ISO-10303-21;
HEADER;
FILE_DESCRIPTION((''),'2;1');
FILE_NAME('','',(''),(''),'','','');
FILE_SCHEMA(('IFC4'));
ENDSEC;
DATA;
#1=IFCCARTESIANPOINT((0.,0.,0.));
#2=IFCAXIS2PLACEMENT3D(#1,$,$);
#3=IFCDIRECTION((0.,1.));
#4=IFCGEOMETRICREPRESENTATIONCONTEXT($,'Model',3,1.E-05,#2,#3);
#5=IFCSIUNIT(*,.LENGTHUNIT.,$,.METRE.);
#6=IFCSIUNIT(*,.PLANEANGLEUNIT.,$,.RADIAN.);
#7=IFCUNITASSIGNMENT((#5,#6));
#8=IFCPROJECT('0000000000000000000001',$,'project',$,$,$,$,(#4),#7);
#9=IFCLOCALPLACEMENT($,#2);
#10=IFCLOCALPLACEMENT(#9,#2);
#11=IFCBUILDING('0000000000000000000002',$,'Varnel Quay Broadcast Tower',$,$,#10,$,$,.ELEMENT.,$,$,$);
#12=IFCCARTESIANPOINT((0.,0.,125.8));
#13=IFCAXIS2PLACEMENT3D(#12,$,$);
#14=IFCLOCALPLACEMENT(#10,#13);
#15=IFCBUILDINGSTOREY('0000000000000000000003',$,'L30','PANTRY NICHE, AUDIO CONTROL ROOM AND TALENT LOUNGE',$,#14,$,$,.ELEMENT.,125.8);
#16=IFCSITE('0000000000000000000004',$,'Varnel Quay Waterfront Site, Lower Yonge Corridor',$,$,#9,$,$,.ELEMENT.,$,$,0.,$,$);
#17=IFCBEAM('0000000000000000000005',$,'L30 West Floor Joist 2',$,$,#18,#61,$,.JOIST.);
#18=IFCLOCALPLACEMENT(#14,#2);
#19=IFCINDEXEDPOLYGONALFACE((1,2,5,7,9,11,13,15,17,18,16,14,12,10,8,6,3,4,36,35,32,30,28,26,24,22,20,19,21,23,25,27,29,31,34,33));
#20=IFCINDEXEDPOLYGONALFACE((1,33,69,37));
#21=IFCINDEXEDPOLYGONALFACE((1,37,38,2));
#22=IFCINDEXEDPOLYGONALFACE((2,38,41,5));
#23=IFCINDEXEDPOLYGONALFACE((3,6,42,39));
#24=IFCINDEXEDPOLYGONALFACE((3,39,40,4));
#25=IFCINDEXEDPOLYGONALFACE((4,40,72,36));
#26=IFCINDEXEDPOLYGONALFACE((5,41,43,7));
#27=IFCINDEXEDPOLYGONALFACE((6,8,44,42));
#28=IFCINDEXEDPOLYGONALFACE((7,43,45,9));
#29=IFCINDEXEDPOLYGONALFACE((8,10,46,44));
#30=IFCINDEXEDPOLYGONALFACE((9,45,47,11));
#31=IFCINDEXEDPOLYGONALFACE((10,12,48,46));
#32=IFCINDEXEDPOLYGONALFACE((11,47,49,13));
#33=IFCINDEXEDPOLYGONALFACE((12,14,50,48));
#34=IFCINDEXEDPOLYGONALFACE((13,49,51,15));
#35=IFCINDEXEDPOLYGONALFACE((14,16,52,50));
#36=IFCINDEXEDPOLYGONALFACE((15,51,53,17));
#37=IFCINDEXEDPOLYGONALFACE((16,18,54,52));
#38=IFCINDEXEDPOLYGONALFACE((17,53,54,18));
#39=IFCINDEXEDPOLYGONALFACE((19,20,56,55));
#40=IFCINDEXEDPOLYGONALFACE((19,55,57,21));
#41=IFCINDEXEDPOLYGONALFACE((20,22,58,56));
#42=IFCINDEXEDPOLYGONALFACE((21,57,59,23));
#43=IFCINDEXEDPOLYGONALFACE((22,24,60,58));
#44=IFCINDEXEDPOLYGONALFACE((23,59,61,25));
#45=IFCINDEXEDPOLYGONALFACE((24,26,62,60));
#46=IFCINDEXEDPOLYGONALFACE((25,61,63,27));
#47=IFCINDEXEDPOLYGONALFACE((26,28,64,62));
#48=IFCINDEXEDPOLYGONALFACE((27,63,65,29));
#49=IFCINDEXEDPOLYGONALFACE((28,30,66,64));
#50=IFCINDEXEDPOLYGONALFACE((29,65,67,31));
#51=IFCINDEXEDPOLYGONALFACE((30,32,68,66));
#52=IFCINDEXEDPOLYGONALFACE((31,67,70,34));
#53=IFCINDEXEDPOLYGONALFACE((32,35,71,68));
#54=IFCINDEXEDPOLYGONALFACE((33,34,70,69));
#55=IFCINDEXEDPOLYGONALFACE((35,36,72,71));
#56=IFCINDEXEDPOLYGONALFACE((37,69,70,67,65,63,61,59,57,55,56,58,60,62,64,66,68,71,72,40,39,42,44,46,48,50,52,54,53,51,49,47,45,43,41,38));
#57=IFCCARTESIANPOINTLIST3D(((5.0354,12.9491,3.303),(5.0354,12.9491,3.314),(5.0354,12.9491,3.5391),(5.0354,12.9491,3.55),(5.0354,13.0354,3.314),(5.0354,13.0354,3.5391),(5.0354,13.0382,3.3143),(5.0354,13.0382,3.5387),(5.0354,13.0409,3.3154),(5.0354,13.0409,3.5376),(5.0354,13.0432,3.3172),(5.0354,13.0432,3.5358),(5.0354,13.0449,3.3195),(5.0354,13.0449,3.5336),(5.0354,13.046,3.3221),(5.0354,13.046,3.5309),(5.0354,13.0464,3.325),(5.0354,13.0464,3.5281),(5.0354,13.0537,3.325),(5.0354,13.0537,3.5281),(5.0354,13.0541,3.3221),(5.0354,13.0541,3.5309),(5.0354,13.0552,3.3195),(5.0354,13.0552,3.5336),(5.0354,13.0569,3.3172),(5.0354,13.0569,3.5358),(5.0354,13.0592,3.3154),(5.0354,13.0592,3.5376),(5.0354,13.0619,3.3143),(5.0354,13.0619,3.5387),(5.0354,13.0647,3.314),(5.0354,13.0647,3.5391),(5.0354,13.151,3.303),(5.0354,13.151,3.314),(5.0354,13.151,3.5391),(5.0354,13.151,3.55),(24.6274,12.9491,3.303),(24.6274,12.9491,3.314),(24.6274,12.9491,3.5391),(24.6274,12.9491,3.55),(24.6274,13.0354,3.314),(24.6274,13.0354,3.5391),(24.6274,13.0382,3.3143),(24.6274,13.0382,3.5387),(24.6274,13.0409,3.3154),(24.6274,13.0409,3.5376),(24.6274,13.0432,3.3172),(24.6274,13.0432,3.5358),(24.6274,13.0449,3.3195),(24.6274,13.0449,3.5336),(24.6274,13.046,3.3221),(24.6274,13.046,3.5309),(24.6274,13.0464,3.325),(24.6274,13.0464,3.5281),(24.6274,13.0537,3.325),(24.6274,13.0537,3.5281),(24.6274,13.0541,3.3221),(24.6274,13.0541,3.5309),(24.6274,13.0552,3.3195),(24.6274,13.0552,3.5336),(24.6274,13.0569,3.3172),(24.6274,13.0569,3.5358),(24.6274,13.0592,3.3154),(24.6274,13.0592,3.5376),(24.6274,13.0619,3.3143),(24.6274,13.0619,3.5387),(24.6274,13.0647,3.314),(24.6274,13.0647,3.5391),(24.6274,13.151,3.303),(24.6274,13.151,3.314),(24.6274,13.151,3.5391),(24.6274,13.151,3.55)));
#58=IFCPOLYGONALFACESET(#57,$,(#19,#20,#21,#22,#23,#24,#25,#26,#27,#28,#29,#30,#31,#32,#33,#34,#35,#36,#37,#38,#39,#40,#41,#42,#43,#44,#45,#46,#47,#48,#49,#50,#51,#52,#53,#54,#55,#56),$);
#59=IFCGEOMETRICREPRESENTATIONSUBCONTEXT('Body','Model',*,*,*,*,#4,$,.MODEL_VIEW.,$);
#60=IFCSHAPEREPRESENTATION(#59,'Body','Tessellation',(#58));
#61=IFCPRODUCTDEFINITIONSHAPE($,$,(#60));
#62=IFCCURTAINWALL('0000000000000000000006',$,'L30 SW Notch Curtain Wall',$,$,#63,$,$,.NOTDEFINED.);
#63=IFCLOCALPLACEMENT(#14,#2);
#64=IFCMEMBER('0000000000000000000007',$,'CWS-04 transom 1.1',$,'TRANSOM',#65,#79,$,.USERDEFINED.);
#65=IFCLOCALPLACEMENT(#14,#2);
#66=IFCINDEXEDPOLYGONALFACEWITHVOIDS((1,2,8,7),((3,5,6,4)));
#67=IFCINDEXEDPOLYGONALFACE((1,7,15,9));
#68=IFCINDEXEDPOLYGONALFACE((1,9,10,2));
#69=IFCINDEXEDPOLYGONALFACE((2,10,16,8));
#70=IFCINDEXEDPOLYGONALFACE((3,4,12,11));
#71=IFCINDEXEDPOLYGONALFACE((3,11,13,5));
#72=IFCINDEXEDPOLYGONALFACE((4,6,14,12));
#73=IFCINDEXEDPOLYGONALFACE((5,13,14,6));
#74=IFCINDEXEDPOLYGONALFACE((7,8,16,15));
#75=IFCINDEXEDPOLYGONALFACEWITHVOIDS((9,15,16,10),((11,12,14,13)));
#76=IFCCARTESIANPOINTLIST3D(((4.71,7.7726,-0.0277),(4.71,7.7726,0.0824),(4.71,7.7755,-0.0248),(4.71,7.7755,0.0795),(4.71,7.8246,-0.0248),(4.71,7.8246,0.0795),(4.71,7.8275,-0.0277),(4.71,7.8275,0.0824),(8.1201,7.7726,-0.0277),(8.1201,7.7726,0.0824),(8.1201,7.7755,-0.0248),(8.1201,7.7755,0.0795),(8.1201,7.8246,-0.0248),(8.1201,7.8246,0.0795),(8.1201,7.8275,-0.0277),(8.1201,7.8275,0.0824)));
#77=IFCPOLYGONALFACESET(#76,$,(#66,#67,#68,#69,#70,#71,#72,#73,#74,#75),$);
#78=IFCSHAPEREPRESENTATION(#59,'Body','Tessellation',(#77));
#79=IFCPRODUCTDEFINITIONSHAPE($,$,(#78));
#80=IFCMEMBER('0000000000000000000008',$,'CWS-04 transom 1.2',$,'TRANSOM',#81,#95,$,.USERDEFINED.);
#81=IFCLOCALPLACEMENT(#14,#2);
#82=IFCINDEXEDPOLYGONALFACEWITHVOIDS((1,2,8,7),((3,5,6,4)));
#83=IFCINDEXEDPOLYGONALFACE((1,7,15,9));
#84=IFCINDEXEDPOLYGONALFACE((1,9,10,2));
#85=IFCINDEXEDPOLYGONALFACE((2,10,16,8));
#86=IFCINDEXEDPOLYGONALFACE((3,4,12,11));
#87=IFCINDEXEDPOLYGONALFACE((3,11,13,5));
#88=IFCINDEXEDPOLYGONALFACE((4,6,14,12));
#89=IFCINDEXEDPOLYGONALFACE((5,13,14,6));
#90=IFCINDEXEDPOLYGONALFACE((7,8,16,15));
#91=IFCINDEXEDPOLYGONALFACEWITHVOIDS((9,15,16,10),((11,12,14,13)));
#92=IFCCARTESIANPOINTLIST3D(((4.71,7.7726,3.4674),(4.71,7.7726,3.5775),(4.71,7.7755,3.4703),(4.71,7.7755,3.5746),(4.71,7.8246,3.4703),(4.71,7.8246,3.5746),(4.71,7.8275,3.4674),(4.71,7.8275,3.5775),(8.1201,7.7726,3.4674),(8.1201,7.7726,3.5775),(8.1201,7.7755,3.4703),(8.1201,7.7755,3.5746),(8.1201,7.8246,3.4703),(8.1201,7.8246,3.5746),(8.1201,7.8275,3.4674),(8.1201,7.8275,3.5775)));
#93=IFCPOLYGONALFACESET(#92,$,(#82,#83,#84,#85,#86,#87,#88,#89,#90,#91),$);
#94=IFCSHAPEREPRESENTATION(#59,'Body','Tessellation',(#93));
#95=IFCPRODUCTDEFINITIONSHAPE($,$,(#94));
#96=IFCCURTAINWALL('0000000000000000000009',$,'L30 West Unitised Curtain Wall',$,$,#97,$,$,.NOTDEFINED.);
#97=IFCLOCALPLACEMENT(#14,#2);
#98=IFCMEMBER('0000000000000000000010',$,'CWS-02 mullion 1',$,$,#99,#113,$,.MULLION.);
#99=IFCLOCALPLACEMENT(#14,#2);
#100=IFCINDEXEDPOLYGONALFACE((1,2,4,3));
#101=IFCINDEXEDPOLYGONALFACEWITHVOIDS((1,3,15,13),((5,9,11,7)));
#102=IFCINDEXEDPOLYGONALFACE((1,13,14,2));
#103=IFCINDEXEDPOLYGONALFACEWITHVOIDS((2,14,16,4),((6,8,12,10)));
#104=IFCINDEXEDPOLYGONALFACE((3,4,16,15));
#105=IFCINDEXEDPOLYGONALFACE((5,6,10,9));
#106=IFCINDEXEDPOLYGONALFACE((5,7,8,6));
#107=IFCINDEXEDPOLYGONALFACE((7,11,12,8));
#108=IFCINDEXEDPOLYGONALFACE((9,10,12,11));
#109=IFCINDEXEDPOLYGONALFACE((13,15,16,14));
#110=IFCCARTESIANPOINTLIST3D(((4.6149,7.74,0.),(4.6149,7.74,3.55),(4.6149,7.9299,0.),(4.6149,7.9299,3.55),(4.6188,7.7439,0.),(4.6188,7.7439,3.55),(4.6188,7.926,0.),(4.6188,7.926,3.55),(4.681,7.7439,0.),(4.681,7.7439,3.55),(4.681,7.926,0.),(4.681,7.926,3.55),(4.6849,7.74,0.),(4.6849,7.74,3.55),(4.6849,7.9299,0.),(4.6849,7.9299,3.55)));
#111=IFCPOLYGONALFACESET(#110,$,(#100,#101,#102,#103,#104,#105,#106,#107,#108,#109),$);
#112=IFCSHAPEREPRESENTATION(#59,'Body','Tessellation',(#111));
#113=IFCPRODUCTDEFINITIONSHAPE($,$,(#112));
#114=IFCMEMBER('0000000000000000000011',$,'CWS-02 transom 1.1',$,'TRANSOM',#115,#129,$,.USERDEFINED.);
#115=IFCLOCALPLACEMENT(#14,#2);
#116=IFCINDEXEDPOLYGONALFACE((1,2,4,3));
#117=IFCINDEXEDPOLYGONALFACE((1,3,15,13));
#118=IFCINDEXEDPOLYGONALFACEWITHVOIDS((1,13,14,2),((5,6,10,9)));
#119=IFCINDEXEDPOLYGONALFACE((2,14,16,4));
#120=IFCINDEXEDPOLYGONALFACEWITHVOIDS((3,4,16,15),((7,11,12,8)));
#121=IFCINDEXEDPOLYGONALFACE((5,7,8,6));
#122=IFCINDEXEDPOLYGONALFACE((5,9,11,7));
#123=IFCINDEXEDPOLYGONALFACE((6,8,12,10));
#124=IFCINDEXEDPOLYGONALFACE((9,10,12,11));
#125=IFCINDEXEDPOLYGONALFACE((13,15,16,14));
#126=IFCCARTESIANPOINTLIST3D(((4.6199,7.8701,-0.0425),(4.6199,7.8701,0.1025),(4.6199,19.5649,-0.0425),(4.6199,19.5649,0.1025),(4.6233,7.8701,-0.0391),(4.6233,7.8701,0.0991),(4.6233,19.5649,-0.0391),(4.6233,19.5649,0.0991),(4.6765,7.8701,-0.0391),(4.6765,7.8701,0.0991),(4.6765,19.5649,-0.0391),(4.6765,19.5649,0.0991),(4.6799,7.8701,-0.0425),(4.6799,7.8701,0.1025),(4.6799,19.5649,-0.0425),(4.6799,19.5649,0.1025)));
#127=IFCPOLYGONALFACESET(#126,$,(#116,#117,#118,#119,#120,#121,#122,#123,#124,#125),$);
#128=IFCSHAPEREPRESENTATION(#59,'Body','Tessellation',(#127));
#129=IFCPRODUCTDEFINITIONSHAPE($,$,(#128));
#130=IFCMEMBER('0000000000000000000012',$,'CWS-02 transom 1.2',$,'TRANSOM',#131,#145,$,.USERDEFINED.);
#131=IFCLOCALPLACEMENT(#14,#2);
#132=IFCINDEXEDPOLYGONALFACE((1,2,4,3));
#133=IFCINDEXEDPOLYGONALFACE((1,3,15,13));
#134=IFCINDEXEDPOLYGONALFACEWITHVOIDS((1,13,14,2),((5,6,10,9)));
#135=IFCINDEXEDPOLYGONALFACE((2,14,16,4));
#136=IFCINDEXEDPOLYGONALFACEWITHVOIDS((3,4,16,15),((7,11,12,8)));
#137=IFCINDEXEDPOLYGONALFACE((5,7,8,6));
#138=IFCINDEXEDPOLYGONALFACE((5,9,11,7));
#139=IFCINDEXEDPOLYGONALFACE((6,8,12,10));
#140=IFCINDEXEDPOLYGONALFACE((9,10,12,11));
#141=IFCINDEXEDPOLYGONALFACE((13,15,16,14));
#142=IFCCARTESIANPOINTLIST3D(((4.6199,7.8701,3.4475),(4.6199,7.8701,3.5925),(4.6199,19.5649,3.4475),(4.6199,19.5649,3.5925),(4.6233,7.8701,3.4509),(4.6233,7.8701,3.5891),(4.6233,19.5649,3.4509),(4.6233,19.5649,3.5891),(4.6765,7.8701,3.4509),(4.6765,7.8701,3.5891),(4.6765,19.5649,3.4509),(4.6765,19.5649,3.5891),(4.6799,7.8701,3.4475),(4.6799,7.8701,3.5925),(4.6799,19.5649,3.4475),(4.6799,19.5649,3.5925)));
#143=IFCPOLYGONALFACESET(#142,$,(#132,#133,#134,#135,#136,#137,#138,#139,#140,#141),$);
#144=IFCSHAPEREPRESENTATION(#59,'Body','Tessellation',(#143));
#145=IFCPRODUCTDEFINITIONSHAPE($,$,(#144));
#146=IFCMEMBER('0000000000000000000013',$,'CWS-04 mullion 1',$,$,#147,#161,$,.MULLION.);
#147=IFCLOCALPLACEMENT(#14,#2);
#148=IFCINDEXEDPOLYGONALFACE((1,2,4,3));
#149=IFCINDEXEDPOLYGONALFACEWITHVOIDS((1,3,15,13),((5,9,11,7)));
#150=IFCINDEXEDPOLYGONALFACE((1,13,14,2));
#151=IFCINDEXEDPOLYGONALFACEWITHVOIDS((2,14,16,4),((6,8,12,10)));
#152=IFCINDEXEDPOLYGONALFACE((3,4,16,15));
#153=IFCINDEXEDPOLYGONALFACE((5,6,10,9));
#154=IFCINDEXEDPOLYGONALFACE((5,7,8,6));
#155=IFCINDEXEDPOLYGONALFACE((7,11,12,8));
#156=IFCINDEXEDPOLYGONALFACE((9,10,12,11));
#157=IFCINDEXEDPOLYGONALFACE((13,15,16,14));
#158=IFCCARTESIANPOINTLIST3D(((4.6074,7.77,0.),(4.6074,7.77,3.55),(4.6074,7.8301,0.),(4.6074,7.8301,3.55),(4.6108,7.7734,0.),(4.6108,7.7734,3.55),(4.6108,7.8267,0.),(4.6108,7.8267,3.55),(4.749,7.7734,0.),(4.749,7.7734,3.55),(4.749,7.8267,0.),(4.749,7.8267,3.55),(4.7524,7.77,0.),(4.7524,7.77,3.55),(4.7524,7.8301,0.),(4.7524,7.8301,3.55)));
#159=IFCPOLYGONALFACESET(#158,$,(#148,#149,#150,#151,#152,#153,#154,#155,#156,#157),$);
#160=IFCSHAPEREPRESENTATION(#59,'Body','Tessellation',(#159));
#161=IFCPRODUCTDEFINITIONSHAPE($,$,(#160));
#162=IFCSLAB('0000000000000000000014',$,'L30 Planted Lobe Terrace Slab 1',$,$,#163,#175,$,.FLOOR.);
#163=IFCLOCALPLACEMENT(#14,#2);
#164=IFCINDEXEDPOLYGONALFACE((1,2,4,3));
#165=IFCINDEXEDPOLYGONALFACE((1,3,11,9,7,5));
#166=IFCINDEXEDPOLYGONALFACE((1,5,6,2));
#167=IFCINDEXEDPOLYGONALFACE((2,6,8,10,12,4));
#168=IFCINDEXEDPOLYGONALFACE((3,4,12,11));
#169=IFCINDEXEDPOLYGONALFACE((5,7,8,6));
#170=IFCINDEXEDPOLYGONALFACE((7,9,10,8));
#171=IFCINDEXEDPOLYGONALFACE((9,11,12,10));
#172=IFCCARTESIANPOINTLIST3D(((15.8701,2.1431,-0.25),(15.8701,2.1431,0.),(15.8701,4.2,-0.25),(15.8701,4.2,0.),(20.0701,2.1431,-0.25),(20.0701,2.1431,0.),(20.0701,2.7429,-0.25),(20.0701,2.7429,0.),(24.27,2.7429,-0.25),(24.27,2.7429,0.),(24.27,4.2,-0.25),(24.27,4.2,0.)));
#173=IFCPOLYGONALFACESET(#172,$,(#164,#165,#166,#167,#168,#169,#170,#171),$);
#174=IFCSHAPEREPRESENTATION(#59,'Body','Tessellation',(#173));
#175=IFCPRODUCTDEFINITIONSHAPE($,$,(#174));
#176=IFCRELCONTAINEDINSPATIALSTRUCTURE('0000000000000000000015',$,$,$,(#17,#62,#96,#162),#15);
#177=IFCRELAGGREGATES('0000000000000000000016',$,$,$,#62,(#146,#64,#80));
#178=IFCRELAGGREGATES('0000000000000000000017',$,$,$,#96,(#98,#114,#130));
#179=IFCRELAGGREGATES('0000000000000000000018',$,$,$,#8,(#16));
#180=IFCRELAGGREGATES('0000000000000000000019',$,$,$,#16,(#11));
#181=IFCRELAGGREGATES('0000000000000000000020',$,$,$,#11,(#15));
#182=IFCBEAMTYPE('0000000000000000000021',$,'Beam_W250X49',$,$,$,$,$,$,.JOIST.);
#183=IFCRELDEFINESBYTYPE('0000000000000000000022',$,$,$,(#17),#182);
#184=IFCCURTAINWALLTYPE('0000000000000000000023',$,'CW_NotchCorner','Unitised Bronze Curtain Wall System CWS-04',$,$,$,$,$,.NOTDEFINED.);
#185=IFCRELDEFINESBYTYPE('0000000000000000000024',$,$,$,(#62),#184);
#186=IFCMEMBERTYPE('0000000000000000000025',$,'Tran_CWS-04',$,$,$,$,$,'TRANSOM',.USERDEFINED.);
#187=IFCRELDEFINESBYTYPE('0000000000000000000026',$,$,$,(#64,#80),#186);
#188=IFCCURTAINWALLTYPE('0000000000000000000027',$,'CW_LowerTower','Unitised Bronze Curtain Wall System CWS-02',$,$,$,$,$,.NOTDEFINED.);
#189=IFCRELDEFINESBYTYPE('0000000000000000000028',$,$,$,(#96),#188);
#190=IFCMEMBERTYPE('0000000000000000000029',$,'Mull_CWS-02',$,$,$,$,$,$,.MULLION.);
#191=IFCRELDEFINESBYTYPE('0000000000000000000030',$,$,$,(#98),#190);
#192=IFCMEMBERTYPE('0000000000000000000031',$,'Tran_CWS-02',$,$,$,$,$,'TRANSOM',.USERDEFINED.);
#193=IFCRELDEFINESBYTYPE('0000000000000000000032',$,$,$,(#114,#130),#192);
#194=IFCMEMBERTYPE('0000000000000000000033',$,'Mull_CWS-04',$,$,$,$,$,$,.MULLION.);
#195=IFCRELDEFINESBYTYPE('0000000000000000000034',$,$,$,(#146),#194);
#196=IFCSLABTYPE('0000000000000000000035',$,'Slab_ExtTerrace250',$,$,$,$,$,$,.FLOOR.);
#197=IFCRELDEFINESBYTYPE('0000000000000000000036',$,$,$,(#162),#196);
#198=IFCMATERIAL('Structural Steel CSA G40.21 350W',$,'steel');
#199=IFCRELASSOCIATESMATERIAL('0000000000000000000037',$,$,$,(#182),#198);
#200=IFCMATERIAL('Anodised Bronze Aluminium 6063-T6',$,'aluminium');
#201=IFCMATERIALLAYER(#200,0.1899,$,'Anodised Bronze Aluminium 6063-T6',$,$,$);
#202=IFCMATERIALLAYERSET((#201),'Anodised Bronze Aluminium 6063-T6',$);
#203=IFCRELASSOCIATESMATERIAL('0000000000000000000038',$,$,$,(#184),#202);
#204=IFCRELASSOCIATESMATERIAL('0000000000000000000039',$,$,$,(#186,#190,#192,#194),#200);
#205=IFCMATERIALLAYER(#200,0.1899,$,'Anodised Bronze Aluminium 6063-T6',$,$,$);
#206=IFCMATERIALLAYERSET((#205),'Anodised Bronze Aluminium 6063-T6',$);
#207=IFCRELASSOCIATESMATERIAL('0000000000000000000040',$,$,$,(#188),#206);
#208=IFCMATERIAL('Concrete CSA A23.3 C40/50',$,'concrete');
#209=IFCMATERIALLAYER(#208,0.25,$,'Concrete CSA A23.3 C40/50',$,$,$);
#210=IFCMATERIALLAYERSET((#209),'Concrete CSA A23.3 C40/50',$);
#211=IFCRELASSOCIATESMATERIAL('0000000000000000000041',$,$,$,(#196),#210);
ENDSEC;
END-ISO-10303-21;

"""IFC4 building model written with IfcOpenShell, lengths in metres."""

from ifc_helpers import new_model, si_unit, direction, frame, origin, origin_2d, place, context, subcontext, project, spatial, polyline, hollow_rectangle, i_section, outline, extrude, source, transform, mapped, material, layer, layer_set, material_profile, profile_set, type_object, type_shapes, element, aggregate, save


model = new_model("IFC4")

# Units and contexts
model_context = context("Model", 3, precision=1e-05, world=origin(), true_north=direction((0.0, 1.0)))
body_context = subcontext(model_context, "Body", "Model", "MODEL_VIEW")
ifc_project = project(units=[si_unit("LENGTHUNIT", "METRE"), si_unit("PLANEANGLEUNIT", "RADIAN")], contexts=[model_context])

# Site, building, storey
site_placement = place(None, origin())
site = spatial("IfcSite", under=ifc_project, at=site_placement, Name="Varnel Quay Waterfront Site, Lower Yonge Corridor", CompositionType="ELEMENT", RefElevation=0.0)
building_placement = place(site_placement, origin())
building = spatial("IfcBuilding", under=site, at=building_placement, Name="Varnel Quay Broadcast Tower", CompositionType="ELEMENT")
storey_placement = place(building_placement, frame((0.0, 0.0, 125.8)))
storey = spatial("IfcBuildingStorey", under=building, at=storey_placement, Name="L30", Description="PANTRY NICHE, AUDIO CONTROL ROOM AND TALENT LOUNGE", CompositionType="ELEMENT", Elevation=125.8)

# Shared definitions
ifc_material_1 = material(Name="Structural Steel CSA G40.21 350W", Category="steel")

# Beam
ifc_material_profile_1 = material_profile(ifc_material_1, i_section(OverallWidth=0.2019, OverallDepth=0.2471, WebThickness=0.0073, FlangeThickness=0.011, FilletRadius=0.011, at=origin_2d()), Name="W250X49")
ifc_profile_set_1 = profile_set([ifc_material_profile_1], Name="Structural Steel CSA G40.21 350W")
beam_type_1 = type_object("IfcBeamType", Name="Beam_W250X49", PredefinedType="JOIST", material=ifc_profile_set_1)
shared_shape_1 = source(origin(), body_context, "Body", "SweptSolid", [
    extrude(i_section(OverallWidth=0.2019, OverallDepth=0.2471, WebThickness=0.0073, FlangeThickness=0.011, FilletRadius=0.011, at=origin_2d()), origin(), (0.0, 0.0, 1.0), 19.592),
])
type_shapes(beam_type_1, [shared_shape_1])
beam_1_placement = place(storey_placement, frame((5.0354, 13.05, 3.4265), z_axis=(1.0, 0.0, 0.0), x_axis=(0.0, 1.0, 0.0)))
element("IfcBeam", 1, at=beam_1_placement, inside=storey, type_object=beam_type_1, Name="L30 West Floor Joist 2", PredefinedType="JOIST", context=body_context, shape_type="MappedRepresentation", body=[
    mapped(shared_shape_1, transform((0.0, 0.0, 0.0), x_axis=(1.0, 0.0, 0.0), y_axis=(0.0, 1.0, 0.0), z_axis=(0.0, 0.0, 1.0), scale=1.0)),
])

# Curtain walls, members
ifc_material_2 = material(Name="Anodised Bronze Aluminium 6063-T6", Category="aluminium")
ifc_layer_1 = layer(ifc_material_2, 0.1899, Name="Anodised Bronze Aluminium 6063-T6")
ifc_layer_set_1 = layer_set([ifc_layer_1], Name="Anodised Bronze Aluminium 6063-T6")
curtain_wall_type_1 = type_object("IfcCurtainWallType", Name="CW_NotchCorner", Description="Unitised Bronze Curtain Wall System CWS-04", PredefinedType="NOTDEFINED", material=ifc_layer_set_1)
curtain_wall_1_placement = place(storey_placement, origin())
curtain_wall_1 = element("IfcCurtainWall", 2, at=curtain_wall_1_placement, inside=storey, type_object=curtain_wall_type_1, Name="L30 SW Notch Curtain Wall", PredefinedType="NOTDEFINED")
ifc_material_profile_2 = material_profile(ifc_material_2, hollow_rectangle(XDim=0.0549, YDim=0.1101, WallThickness=0.0029, at=origin_2d()), Name="ALU55X110X3")
ifc_profile_set_2 = profile_set([ifc_material_profile_2], Name="Anodised Bronze Aluminium 6063-T6")
member_type_1 = type_object("IfcMemberType", Name="Tran_CWS-04", ElementType="TRANSOM", PredefinedType="USERDEFINED", material=ifc_profile_set_2)
shared_shape_2 = source(origin(), body_context, "Body", "SweptSolid", [
    extrude(hollow_rectangle(XDim=0.0549, YDim=0.1101, WallThickness=0.0029, at=origin_2d()), origin(), (0.0, 0.0, 1.0), 3.4102),
])
type_shapes(member_type_1, [shared_shape_2])
member_1_placement = place(storey_placement, frame((4.71, 7.8, 0.0273), z_axis=(1.0, 0.0, 0.0), x_axis=(0.0, 1.0, 0.0)))
member_1 = element("IfcMember", 3, at=member_1_placement, type_object=member_type_1, Name="CWS-04 transom 1.1", ObjectType="TRANSOM", PredefinedType="USERDEFINED", context=body_context, shape_type="MappedRepresentation", body=[
    mapped(shared_shape_2, transform((0.0, 0.0, 0.0), x_axis=(1.0, 0.0, 0.0), y_axis=(0.0, 1.0, 0.0), z_axis=(0.0, 0.0, 1.0), scale=1.0)),
])
member_2_placement = place(storey_placement, frame((4.71, 7.8, 3.5225), z_axis=(1.0, 0.0, 0.0), x_axis=(0.0, 1.0, 0.0)))
member_2 = element("IfcMember", 4, at=member_2_placement, type_object=member_type_1, Name="CWS-04 transom 1.2", ObjectType="TRANSOM", PredefinedType="USERDEFINED", context=body_context, shape_type="MappedRepresentation", body=[
    mapped(shared_shape_2, transform((0.0, 0.0, 0.0), x_axis=(1.0, 0.0, 0.0), y_axis=(0.0, 1.0, 0.0), z_axis=(0.0, 0.0, 1.0), scale=1.0)),
])
ifc_layer_2 = layer(ifc_material_2, 0.1899, Name="Anodised Bronze Aluminium 6063-T6")
ifc_layer_set_2 = layer_set([ifc_layer_2], Name="Anodised Bronze Aluminium 6063-T6")
curtain_wall_type_2 = type_object("IfcCurtainWallType", Name="CW_LowerTower", Description="Unitised Bronze Curtain Wall System CWS-02", PredefinedType="NOTDEFINED", material=ifc_layer_set_2)
curtain_wall_2_placement = place(storey_placement, origin())
curtain_wall_2 = element("IfcCurtainWall", 5, at=curtain_wall_2_placement, inside=storey, type_object=curtain_wall_type_2, Name="L30 West Unitised Curtain Wall", PredefinedType="NOTDEFINED")
ifc_material_profile_3 = material_profile(ifc_material_2, hollow_rectangle(XDim=0.0701, YDim=0.1899, WallThickness=0.0039, at=origin_2d()), Name="ALU70X190X4")
ifc_profile_set_3 = profile_set([ifc_material_profile_3], Name="Anodised Bronze Aluminium 6063-T6")
member_type_2 = type_object("IfcMemberType", Name="Mull_CWS-02", PredefinedType="MULLION", material=ifc_profile_set_3)
shared_shape_3 = source(origin(), body_context, "Body", "SweptSolid", [
    extrude(hollow_rectangle(XDim=0.0701, YDim=0.1899, WallThickness=0.0039, at=origin_2d()), origin(), (0.0, 0.0, 1.0), 3.55),
])
type_shapes(member_type_2, [shared_shape_3])
member_3_placement = place(storey_placement, frame((4.6499, 7.835, 0.0), z_axis=(0.0, 0.0, 1.0), x_axis=(-1.0, 0.0, 0.0)))
member_3 = element("IfcMember", 6, at=member_3_placement, type_object=member_type_2, Name="CWS-02 mullion 1", PredefinedType="MULLION", context=body_context, shape_type="MappedRepresentation", body=[
    mapped(shared_shape_3, transform((0.0, 0.0, 0.0), x_axis=(1.0, 0.0, 0.0), y_axis=(0.0, 1.0, 0.0), z_axis=(0.0, 0.0, 1.0), scale=1.0)),
])
ifc_material_profile_4 = material_profile(ifc_material_2, hollow_rectangle(XDim=0.0601, YDim=0.145, WallThickness=0.0034, at=origin_2d()), Name="ALU60X145X3.5")
ifc_profile_set_4 = profile_set([ifc_material_profile_4], Name="Anodised Bronze Aluminium 6063-T6")
member_type_3 = type_object("IfcMemberType", Name="Tran_CWS-02", ElementType="TRANSOM", PredefinedType="USERDEFINED", material=ifc_profile_set_4)
shared_shape_4 = source(origin(), body_context, "Body", "SweptSolid", [
    extrude(hollow_rectangle(XDim=0.0601, YDim=0.145, WallThickness=0.0034, at=origin_2d()), origin(), (0.0, 0.0, 1.0), 11.6948),
])
type_shapes(member_type_3, [shared_shape_4])
member_4_placement = place(storey_placement, frame((4.6499, 7.8701, 0.03), z_axis=(0.0, 1.0, 0.0), x_axis=(-1.0, 0.0, 0.0)))
member_4 = element("IfcMember", 7, at=member_4_placement, type_object=member_type_3, Name="CWS-02 transom 1.1", ObjectType="TRANSOM", PredefinedType="USERDEFINED", context=body_context, shape_type="MappedRepresentation", body=[
    mapped(shared_shape_4, transform((0.0, 0.0, 0.0), x_axis=(1.0, 0.0, 0.0), y_axis=(0.0, 1.0, 0.0), z_axis=(0.0, 0.0, 1.0), scale=1.0)),
])
member_5_placement = place(storey_placement, frame((4.6499, 7.8701, 3.52), z_axis=(0.0, 1.0, 0.0), x_axis=(-1.0, 0.0, 0.0)))
member_5 = element("IfcMember", 8, at=member_5_placement, type_object=member_type_3, Name="CWS-02 transom 1.2", ObjectType="TRANSOM", PredefinedType="USERDEFINED", context=body_context, shape_type="MappedRepresentation", body=[
    mapped(shared_shape_4, transform((0.0, 0.0, 0.0), x_axis=(1.0, 0.0, 0.0), y_axis=(0.0, 1.0, 0.0), z_axis=(0.0, 0.0, 1.0), scale=1.0)),
])

# Member
ifc_material_profile_5 = material_profile(ifc_material_2, hollow_rectangle(XDim=0.0601, YDim=0.145, WallThickness=0.0034, at=origin_2d()), Name="ALU60X145X3.5")
ifc_profile_set_5 = profile_set([ifc_material_profile_5], Name="Anodised Bronze Aluminium 6063-T6")
member_type_4 = type_object("IfcMemberType", Name="Mull_CWS-04", PredefinedType="MULLION", material=ifc_profile_set_5)
shared_shape_5 = source(origin(), body_context, "Body", "SweptSolid", [
    extrude(hollow_rectangle(XDim=0.0601, YDim=0.145, WallThickness=0.0034, at=origin_2d()), origin(), (0.0, 0.0, 1.0), 3.55),
])
type_shapes(member_type_4, [shared_shape_5])
member_6_placement = place(storey_placement, frame((4.6799, 7.8, 0.0), z_axis=(0.0, 0.0, 1.0), x_axis=(0.0, 1.0, 0.0)))
member_6 = element("IfcMember", 9, at=member_6_placement, type_object=member_type_4, Name="CWS-04 mullion 1", PredefinedType="MULLION", context=body_context, shape_type="MappedRepresentation", body=[
    mapped(shared_shape_5, transform((0.0, 0.0, 0.0), x_axis=(1.0, 0.0, 0.0), y_axis=(0.0, 1.0, 0.0), z_axis=(0.0, 0.0, 1.0), scale=1.0)),
])
aggregate(curtain_wall_1, [member_6, member_1, member_2])

# Slab
ifc_material_3 = material(Name="Concrete CSA A23.3 C40/50", Category="concrete")
ifc_layer_3 = layer(ifc_material_3, 0.25, Name="Concrete CSA A23.3 C40/50")
ifc_layer_set_3 = layer_set([ifc_layer_3], Name="Concrete CSA A23.3 C40/50")
slab_type_1 = type_object("IfcSlabType", Name="Slab_ExtTerrace250", PredefinedType="FLOOR", material=ifc_layer_set_3)
slab_1_placement = place(storey_placement, frame((0.0, 0.0, -0.25)))
element("IfcSlab", 10, at=slab_1_placement, inside=storey, type_object=slab_type_1, Name="L30 Planted Lobe Terrace Slab 1", PredefinedType="FLOOR", context=body_context, shape_type="SweptSolid", body=[
    extrude(outline(polyline([(15.8701, 2.1431), (20.0701, 2.1431), (20.0701, 2.7429), (24.27, 2.7429), (24.27, 4.2), (15.8701, 4.2), (15.8701, 2.1431)])), origin(), (0.0, 0.0, 1.0), 0.25),
])

aggregate(curtain_wall_2, [member_3, member_4, member_5])

save(model, "model.ifc")
